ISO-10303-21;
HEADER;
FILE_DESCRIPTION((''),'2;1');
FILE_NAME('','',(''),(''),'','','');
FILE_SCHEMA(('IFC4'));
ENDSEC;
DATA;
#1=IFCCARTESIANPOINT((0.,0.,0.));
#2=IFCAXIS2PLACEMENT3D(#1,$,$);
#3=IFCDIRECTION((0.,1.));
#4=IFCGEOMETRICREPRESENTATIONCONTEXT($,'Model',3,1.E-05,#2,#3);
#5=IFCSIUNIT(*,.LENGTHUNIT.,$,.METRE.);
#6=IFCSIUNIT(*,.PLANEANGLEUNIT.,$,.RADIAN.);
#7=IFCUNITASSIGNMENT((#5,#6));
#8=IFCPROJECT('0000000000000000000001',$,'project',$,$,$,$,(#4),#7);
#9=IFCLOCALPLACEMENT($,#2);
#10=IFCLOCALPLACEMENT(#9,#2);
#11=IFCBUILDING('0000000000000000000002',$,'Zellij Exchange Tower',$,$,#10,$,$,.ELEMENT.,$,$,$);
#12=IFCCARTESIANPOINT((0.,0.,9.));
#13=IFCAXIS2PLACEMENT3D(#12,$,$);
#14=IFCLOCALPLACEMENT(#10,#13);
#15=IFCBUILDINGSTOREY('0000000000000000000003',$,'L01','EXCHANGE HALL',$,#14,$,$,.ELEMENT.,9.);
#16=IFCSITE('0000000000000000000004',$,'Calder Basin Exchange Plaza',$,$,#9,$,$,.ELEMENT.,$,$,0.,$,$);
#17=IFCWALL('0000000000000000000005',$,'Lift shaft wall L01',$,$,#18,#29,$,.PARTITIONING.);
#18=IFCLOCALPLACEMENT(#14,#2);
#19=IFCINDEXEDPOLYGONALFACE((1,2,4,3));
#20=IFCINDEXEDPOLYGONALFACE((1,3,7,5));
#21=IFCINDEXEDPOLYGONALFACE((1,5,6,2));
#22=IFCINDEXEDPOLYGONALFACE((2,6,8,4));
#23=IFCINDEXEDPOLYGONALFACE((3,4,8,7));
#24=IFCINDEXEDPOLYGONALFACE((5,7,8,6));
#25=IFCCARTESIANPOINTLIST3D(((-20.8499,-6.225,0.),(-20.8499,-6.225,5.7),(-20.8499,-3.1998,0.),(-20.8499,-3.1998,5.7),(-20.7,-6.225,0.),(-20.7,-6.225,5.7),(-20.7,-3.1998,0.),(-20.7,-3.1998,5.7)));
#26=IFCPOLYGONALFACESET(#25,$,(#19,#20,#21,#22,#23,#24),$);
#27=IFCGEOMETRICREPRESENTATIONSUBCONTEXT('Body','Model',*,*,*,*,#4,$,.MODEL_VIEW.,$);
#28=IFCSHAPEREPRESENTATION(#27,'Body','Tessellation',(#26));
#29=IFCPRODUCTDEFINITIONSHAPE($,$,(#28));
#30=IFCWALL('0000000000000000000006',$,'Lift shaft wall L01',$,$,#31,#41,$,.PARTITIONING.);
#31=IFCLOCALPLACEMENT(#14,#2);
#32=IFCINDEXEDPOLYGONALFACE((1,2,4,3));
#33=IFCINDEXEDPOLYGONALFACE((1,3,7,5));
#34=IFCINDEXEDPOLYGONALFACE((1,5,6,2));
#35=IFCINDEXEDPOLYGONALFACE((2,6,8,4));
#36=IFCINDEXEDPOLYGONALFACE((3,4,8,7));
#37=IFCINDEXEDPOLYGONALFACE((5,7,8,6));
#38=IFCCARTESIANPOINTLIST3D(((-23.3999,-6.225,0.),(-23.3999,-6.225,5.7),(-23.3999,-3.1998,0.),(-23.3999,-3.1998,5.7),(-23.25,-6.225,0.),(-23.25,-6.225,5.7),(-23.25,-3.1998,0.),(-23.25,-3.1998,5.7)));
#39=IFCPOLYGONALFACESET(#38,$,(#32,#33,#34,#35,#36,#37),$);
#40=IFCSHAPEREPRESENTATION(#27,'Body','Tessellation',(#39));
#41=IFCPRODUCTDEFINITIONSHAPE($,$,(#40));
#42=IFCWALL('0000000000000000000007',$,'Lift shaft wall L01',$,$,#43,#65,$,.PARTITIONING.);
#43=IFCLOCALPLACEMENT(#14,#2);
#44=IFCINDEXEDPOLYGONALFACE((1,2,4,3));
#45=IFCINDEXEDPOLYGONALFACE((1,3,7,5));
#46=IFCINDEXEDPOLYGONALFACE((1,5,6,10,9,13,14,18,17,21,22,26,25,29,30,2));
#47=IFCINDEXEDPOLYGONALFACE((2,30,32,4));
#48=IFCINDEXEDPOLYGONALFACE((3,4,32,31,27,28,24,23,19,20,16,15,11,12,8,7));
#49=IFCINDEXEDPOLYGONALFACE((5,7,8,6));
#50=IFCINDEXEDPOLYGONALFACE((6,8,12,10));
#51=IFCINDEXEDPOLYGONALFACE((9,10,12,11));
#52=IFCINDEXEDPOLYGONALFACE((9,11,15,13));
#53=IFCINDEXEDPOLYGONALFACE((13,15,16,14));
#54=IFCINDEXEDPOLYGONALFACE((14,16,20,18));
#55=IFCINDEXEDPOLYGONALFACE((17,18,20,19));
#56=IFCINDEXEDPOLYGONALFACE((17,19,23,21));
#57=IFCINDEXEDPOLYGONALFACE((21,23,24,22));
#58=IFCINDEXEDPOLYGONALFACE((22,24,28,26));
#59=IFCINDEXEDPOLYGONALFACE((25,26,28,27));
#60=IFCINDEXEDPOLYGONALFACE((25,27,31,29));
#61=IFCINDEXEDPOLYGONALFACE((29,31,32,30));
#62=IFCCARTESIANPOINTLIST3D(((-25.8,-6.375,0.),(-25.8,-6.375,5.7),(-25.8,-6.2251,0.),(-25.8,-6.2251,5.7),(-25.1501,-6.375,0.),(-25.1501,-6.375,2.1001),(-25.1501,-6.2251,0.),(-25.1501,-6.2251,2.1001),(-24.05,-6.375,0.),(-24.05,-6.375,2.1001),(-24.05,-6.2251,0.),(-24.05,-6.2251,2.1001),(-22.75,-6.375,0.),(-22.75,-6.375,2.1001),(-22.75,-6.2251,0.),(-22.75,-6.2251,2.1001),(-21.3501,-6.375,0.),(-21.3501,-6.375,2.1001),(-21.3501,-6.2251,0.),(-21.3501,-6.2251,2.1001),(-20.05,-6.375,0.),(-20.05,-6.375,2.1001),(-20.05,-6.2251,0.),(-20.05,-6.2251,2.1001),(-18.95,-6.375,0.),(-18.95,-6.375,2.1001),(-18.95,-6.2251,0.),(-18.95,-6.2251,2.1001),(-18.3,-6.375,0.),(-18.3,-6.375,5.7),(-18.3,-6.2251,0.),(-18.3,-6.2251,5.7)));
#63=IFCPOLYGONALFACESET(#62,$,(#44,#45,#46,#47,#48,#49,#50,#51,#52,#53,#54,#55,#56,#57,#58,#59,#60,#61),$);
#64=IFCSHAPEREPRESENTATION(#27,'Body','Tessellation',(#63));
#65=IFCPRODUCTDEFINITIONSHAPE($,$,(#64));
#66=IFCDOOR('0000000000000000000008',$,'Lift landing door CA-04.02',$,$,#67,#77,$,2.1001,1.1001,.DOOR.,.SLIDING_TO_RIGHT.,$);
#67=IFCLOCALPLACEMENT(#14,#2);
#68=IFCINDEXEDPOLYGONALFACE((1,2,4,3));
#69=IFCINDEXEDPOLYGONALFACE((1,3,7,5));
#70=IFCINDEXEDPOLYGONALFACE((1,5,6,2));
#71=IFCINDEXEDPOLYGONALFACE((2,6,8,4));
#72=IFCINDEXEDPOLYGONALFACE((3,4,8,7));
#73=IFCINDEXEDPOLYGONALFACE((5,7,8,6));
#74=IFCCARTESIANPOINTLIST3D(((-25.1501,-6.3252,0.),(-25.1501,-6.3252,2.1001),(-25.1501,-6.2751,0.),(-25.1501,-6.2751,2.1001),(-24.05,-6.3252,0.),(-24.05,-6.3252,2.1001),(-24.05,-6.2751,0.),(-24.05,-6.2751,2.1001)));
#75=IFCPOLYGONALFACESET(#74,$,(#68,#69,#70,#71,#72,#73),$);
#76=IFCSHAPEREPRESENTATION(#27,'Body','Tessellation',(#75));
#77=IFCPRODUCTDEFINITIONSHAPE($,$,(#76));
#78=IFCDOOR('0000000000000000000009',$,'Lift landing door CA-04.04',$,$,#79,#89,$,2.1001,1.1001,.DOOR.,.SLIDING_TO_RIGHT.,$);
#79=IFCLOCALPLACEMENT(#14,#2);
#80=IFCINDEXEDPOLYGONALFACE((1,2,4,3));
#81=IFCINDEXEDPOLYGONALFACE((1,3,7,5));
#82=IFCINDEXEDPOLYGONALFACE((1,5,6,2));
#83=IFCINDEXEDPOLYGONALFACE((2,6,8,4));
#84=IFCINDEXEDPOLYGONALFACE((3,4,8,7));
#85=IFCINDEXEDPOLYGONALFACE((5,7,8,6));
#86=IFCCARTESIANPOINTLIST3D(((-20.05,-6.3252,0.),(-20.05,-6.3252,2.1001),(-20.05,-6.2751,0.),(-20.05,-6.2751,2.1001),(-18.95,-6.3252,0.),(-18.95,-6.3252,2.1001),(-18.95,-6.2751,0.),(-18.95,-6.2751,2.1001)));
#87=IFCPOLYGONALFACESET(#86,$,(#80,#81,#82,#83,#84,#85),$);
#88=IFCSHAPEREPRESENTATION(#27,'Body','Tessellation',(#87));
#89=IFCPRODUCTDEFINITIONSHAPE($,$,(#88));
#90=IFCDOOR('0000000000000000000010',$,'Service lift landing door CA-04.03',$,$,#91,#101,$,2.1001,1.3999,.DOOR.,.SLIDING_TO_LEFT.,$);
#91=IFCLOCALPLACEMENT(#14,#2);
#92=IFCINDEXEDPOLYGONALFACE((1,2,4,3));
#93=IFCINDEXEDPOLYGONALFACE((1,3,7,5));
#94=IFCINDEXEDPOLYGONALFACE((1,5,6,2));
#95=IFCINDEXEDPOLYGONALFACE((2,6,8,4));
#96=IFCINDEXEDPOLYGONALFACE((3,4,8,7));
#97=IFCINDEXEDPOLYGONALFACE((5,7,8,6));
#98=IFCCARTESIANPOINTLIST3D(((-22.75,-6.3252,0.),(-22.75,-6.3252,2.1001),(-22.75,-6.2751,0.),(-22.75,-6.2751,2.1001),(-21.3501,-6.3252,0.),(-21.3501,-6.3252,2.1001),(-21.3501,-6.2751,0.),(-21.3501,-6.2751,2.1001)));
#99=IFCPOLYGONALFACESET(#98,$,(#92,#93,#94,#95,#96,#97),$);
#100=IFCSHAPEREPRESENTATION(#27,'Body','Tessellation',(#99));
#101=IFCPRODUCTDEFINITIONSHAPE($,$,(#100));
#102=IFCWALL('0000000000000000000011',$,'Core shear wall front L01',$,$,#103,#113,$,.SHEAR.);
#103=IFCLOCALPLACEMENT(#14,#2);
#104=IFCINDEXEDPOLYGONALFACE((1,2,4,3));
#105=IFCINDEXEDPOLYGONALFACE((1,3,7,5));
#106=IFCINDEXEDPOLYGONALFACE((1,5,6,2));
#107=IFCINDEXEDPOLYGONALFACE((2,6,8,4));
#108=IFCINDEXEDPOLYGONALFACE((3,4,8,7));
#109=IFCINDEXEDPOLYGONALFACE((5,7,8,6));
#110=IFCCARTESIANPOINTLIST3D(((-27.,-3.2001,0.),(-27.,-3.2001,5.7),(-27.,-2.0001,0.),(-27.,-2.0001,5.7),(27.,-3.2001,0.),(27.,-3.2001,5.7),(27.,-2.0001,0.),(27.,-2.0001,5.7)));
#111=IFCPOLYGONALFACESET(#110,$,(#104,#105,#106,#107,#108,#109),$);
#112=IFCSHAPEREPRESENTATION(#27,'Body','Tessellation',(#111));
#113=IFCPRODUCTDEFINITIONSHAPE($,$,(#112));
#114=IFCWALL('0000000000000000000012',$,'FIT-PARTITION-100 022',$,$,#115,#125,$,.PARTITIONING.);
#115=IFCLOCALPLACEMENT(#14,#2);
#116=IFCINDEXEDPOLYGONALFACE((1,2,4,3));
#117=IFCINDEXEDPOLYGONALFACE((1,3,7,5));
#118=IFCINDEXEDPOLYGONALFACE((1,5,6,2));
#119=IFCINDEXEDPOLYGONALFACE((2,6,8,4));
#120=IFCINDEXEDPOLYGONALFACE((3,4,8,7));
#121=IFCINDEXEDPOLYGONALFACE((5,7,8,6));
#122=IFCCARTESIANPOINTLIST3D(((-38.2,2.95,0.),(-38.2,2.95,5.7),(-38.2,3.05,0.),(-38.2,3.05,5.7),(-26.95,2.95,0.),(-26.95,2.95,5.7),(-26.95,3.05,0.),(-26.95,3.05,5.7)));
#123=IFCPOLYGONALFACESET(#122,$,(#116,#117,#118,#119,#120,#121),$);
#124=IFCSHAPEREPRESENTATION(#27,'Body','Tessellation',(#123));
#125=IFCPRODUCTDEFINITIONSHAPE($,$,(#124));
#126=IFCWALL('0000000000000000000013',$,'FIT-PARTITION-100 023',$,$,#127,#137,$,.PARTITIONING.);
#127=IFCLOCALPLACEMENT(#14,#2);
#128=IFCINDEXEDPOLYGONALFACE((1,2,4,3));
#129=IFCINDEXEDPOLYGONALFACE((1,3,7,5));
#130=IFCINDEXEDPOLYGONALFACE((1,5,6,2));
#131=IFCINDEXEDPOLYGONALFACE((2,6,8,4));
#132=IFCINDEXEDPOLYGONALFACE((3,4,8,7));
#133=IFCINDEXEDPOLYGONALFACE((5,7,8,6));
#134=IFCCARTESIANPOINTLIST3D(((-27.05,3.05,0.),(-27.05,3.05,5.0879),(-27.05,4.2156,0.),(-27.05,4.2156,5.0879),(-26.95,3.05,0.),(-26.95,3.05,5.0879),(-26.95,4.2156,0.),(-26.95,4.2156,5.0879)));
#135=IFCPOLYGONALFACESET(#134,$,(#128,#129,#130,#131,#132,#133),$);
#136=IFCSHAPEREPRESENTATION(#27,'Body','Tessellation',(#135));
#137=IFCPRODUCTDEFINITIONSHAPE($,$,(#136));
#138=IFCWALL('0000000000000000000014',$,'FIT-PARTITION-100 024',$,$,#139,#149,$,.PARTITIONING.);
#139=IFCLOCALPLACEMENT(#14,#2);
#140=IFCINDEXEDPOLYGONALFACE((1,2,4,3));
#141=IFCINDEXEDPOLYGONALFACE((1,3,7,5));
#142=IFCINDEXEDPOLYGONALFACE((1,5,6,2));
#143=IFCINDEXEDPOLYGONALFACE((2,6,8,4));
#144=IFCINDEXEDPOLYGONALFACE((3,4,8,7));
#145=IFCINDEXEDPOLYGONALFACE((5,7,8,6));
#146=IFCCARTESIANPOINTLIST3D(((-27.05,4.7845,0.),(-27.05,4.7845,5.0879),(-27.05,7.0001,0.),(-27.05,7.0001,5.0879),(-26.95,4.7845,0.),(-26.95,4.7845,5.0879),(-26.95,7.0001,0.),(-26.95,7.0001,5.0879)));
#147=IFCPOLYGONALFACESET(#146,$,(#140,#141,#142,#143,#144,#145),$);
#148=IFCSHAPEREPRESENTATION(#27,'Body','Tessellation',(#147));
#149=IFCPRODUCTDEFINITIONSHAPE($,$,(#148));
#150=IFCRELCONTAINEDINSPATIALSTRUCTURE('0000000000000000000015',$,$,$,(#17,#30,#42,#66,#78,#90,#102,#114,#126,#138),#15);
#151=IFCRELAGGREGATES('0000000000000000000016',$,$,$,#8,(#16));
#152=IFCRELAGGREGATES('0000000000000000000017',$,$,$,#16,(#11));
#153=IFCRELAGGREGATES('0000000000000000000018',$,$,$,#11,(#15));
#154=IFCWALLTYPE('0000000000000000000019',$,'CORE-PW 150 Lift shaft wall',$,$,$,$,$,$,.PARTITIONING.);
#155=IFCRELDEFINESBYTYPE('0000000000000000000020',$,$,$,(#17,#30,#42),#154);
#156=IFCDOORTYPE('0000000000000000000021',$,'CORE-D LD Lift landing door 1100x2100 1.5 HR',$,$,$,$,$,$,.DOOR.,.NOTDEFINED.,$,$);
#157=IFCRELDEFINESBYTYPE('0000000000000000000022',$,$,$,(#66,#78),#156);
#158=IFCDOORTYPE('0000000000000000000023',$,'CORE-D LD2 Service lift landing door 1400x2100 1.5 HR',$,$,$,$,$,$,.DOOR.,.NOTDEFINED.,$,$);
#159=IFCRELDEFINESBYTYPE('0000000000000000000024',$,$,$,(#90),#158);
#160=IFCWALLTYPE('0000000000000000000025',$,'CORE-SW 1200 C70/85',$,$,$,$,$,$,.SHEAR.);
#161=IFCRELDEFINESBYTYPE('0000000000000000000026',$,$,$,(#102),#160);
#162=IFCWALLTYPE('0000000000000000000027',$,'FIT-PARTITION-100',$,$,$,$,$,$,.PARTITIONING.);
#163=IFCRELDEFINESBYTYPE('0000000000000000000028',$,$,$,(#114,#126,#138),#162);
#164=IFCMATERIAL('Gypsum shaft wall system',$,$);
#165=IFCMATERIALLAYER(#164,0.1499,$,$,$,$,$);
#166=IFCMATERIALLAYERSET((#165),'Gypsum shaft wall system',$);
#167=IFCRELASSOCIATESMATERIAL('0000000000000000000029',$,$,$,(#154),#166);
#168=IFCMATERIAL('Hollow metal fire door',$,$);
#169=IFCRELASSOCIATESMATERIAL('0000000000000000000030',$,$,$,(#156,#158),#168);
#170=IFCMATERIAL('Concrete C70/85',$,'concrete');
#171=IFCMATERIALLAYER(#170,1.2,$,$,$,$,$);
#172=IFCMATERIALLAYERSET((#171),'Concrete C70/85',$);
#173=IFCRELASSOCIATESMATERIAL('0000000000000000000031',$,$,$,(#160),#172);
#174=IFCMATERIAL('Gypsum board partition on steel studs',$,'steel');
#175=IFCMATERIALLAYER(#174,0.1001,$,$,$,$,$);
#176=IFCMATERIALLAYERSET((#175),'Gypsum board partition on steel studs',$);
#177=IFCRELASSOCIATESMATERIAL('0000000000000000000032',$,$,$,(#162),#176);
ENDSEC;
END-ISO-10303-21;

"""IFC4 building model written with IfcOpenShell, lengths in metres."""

from ifc_helpers import new_model, si_unit, direction, frame, frame_2d, origin, place, context, subcontext, project, spatial, rectangle, extrude, material, layer, layer_set, type_object, element, fill, save


model = new_model("IFC4")

# Units and contexts
model_context = context("Model", 3, precision=1e-05, world=origin(), true_north=direction((0.0, 1.0)))
body_context = subcontext(model_context, "Body", "Model", "MODEL_VIEW")
ifc_project = project(units=[si_unit("LENGTHUNIT", "METRE"), si_unit("PLANEANGLEUNIT", "RADIAN")], contexts=[model_context])

# Site, building, storey
site_placement = place(None, origin())
site = spatial("IfcSite", under=ifc_project, at=site_placement, Name="Calder Basin Exchange Plaza", CompositionType="ELEMENT", RefElevation=0.0)
building_placement = place(site_placement, origin())
building = spatial("IfcBuilding", under=site, at=building_placement, Name="Zellij Exchange Tower", CompositionType="ELEMENT")
storey_placement = place(building_placement, frame((0.0, 0.0, 9.0)))
storey = spatial("IfcBuildingStorey", under=building, at=storey_placement, Name="L01", Description="EXCHANGE HALL", CompositionType="ELEMENT", Elevation=9.0)

# Shared definitions
ifc_material_1 = material(Name="Concrete C70/85", Category="concrete")

# Walls
ifc_material_2 = material(Name="Gypsum shaft wall system")
ifc_layer_1 = layer(ifc_material_2, 0.1499)
ifc_layer_set_1 = layer_set([ifc_layer_1], Name="Gypsum shaft wall system")
wall_type_1 = type_object("IfcWallType", Name="CORE-PW 150 Lift shaft wall", PredefinedType="PARTITIONING", material=ifc_layer_set_1)
for number, where, z_axis, x_axis, name in (
    (1, (-20.7749, -6.2251, 0.0), (0.0, 0.0, 1.0), (0.0, 1.0, 0.0), "Lift shaft wall L01"),
    (2, (-23.325, -6.2251, 0.0), (0.0, 0.0, 1.0), (0.0, 1.0, 0.0), "Lift shaft wall L01"),
):
    element("IfcWall", number, at=place(storey_placement, frame(where, z_axis=z_axis, x_axis=x_axis)), inside=storey, type_object=wall_type_1, Name=name, PredefinedType="PARTITIONING", context=body_context, shape_type="SweptSolid", body=[
        extrude(rectangle(XDim=3.0251, YDim=0.1499, at=frame_2d((1.5127, 0.0))), origin(), (0.0, 0.0, 1.0), 5.7),
    ])

# Wall, openings, doors
wall_1_placement = place(storey_placement, frame((-25.8, -6.3, 0.0), z_axis=(0.0, 0.0, 1.0), x_axis=(1.0, 0.0, 0.0)))
wall_1 = element("IfcWall", 3, at=wall_1_placement, inside=storey, type_object=wall_type_1, Name="Lift shaft wall L01", PredefinedType="PARTITIONING", context=body_context, shape_type="SweptSolid", body=[
    extrude(rectangle(XDim=7.5, YDim=0.1499, at=frame_2d((3.75, 0.0))), origin(), (0.0, 0.0, 1.0), 5.7),
])
opening_1_placement = place(wall_1_placement, frame((0.6499, 0.0, 0.0)))
opening_1 = element("IfcOpeningElement", 4, at=opening_1_placement, cuts=wall_1, PredefinedType="OPENING", context=body_context, shape_type="SweptSolid", body=[
    extrude(rectangle(XDim=1.1001, YDim=2.1001, at=frame_2d((0.55, 1.05))), frame((0.0, 0.0869, 0.0), z_axis=(0.0, -1.0, 0.0), x_axis=(1.0, 0.0, 0.0)), (0.0, 0.0, 1.0), 0.1738),
])
opening_2_placement = place(wall_1_placement, frame((3.05, 0.0, 0.0)))
opening_2 = element("IfcOpeningElement", 5, at=opening_2_placement, cuts=wall_1, PredefinedType="OPENING", context=body_context, shape_type="SweptSolid", body=[
    extrude(rectangle(XDim=1.3999, YDim=2.1001, at=frame_2d((0.7, 1.05))), frame((0.0, 0.0869, 0.0), z_axis=(0.0, -1.0, 0.0), x_axis=(1.0, 0.0, 0.0)), (0.0, 0.0, 1.0), 0.1738),
])
opening_3_placement = place(wall_1_placement, frame((5.75, 0.0, 0.0)))
opening_3 = element("IfcOpeningElement", 6, at=opening_3_placement, cuts=wall_1, PredefinedType="OPENING", context=body_context, shape_type="SweptSolid", body=[
    extrude(rectangle(XDim=1.1001, YDim=2.1001, at=frame_2d((0.55, 1.05))), frame((0.0, 0.0869, 0.0), z_axis=(0.0, -1.0, 0.0), x_axis=(1.0, 0.0, 0.0)), (0.0, 0.0, 1.0), 0.1738),
])
ifc_material_3 = material(Name="Hollow metal fire door")
door_type_1 = type_object("IfcDoorType", Name="CORE-D LD Lift landing door 1100x2100 1.5 HR", OperationType="NOTDEFINED", PredefinedType="DOOR", material=ifc_material_3)
door_1_placement = place(opening_1_placement, origin())
door_1 = element("IfcDoor", 7, at=door_1_placement, inside=storey, type_object=door_type_1, Name="Lift landing door CA-04.02", OperationType="SLIDING_TO_RIGHT", OverallHeight=2.1001, OverallWidth=1.1001, PredefinedType="DOOR", context=body_context, shape_type="SweptSolid", body=[
    extrude(rectangle(XDim=1.1001, YDim=2.1001, at=frame_2d((0.55, 1.05))), frame((0.0, 0.0249, 0.0), z_axis=(0.0, -1.0, 0.0), x_axis=(1.0, 0.0, 0.0)), (0.0, 0.0, 1.0), 0.05),
])
fill(opening_1, door_1)
door_2_placement = place(opening_3_placement, origin())
door_2 = element("IfcDoor", 8, at=door_2_placement, inside=storey, type_object=door_type_1, Name="Lift landing door CA-04.04", OperationType="SLIDING_TO_RIGHT", OverallHeight=2.1001, OverallWidth=1.1001, PredefinedType="DOOR", context=body_context, shape_type="SweptSolid", body=[
    extrude(rectangle(XDim=1.1001, YDim=2.1001, at=frame_2d((0.55, 1.05))), frame((0.0, 0.0249, 0.0), z_axis=(0.0, -1.0, 0.0), x_axis=(1.0, 0.0, 0.0)), (0.0, 0.0, 1.0), 0.05),
])
fill(opening_3, door_2)
door_type_2 = type_object("IfcDoorType", Name="CORE-D LD2 Service lift landing door 1400x2100 1.5 HR", OperationType="NOTDEFINED", PredefinedType="DOOR", material=ifc_material_3)
door_3_placement = place(opening_2_placement, origin())
door_3 = element("IfcDoor", 9, at=door_3_placement, inside=storey, type_object=door_type_2, Name="Service lift landing door CA-04.03", OperationType="SLIDING_TO_LEFT", OverallHeight=2.1001, OverallWidth=1.3999, PredefinedType="DOOR", context=body_context, shape_type="SweptSolid", body=[
    extrude(rectangle(XDim=1.3999, YDim=2.1001, at=frame_2d((0.7, 1.05))), frame((0.0, 0.0249, 0.0), z_axis=(0.0, -1.0, 0.0), x_axis=(1.0, 0.0, 0.0)), (0.0, 0.0, 1.0), 0.05),
])
fill(opening_2, door_3)

# Walls
ifc_layer_2 = layer(ifc_material_1, 1.2)
ifc_layer_set_2 = layer_set([ifc_layer_2], Name="Concrete C70/85")
wall_type_2 = type_object("IfcWallType", Name="CORE-SW 1200 C70/85", PredefinedType="SHEAR", material=ifc_layer_set_2)
wall_2_placement = place(storey_placement, frame((-27.0, -2.6001, 0.0), z_axis=(0.0, 0.0, 1.0), x_axis=(1.0, 0.0, 0.0)))
element("IfcWall", 10, at=wall_2_placement, inside=storey, type_object=wall_type_2, Name="Core shear wall front L01", PredefinedType="SHEAR", context=body_context, shape_type="SweptSolid", body=[
    extrude(rectangle(XDim=54.0, YDim=1.2, at=frame_2d((27.0, 0.0))), origin(), (0.0, 0.0, 1.0), 5.7),
])
ifc_material_4 = material(Name="Gypsum board partition on steel studs", Category="steel")
ifc_layer_3 = layer(ifc_material_4, 0.1001)
ifc_layer_set_3 = layer_set([ifc_layer_3], Name="Gypsum board partition on steel studs")
wall_type_3 = type_object("IfcWallType", Name="FIT-PARTITION-100", PredefinedType="PARTITIONING", material=ifc_layer_set_3)
wall_3_placement = place(storey_placement, frame((-38.2, 3.0, 0.0), z_axis=(0.0, 0.0, 1.0), x_axis=(1.0, 0.0, 0.0)))
element("IfcWall", 11, at=wall_3_placement, inside=storey, type_object=wall_type_3, Name="FIT-PARTITION-100 022", PredefinedType="PARTITIONING", context=body_context, shape_type="SweptSolid", body=[
    extrude(rectangle(XDim=11.25, YDim=0.1001, at=frame_2d((5.625, 0.0))), origin(), (0.0, 0.0, 1.0), 5.7),
])
wall_4_placement = place(storey_placement, frame((-27.0, 3.05, 0.0), z_axis=(0.0, 0.0, 1.0), x_axis=(0.0, 1.0, 0.0)))
element("IfcWall", 12, at=wall_4_placement, inside=storey, type_object=wall_type_3, Name="FIT-PARTITION-100 023", PredefinedType="PARTITIONING", context=body_context, shape_type="SweptSolid", body=[
    extrude(rectangle(XDim=1.1655, YDim=0.1001, at=frame_2d((0.5828, 0.0))), origin(), (0.0, 0.0, 1.0), 5.0879),
])
wall_5_placement = place(storey_placement, frame((-27.0, 4.7844, 0.0), z_axis=(0.0, 0.0, 1.0), x_axis=(0.0, 1.0, 0.0)))
element("IfcWall", 13, at=wall_5_placement, inside=storey, type_object=wall_type_3, Name="FIT-PARTITION-100 024", PredefinedType="PARTITIONING", context=body_context, shape_type="SweptSolid", body=[
    extrude(rectangle(XDim=2.2156, YDim=0.1001, at=frame_2d((1.1079, 0.0))), origin(), (0.0, 0.0, 1.0), 5.0879),
])

save(model, "model.ifc")
